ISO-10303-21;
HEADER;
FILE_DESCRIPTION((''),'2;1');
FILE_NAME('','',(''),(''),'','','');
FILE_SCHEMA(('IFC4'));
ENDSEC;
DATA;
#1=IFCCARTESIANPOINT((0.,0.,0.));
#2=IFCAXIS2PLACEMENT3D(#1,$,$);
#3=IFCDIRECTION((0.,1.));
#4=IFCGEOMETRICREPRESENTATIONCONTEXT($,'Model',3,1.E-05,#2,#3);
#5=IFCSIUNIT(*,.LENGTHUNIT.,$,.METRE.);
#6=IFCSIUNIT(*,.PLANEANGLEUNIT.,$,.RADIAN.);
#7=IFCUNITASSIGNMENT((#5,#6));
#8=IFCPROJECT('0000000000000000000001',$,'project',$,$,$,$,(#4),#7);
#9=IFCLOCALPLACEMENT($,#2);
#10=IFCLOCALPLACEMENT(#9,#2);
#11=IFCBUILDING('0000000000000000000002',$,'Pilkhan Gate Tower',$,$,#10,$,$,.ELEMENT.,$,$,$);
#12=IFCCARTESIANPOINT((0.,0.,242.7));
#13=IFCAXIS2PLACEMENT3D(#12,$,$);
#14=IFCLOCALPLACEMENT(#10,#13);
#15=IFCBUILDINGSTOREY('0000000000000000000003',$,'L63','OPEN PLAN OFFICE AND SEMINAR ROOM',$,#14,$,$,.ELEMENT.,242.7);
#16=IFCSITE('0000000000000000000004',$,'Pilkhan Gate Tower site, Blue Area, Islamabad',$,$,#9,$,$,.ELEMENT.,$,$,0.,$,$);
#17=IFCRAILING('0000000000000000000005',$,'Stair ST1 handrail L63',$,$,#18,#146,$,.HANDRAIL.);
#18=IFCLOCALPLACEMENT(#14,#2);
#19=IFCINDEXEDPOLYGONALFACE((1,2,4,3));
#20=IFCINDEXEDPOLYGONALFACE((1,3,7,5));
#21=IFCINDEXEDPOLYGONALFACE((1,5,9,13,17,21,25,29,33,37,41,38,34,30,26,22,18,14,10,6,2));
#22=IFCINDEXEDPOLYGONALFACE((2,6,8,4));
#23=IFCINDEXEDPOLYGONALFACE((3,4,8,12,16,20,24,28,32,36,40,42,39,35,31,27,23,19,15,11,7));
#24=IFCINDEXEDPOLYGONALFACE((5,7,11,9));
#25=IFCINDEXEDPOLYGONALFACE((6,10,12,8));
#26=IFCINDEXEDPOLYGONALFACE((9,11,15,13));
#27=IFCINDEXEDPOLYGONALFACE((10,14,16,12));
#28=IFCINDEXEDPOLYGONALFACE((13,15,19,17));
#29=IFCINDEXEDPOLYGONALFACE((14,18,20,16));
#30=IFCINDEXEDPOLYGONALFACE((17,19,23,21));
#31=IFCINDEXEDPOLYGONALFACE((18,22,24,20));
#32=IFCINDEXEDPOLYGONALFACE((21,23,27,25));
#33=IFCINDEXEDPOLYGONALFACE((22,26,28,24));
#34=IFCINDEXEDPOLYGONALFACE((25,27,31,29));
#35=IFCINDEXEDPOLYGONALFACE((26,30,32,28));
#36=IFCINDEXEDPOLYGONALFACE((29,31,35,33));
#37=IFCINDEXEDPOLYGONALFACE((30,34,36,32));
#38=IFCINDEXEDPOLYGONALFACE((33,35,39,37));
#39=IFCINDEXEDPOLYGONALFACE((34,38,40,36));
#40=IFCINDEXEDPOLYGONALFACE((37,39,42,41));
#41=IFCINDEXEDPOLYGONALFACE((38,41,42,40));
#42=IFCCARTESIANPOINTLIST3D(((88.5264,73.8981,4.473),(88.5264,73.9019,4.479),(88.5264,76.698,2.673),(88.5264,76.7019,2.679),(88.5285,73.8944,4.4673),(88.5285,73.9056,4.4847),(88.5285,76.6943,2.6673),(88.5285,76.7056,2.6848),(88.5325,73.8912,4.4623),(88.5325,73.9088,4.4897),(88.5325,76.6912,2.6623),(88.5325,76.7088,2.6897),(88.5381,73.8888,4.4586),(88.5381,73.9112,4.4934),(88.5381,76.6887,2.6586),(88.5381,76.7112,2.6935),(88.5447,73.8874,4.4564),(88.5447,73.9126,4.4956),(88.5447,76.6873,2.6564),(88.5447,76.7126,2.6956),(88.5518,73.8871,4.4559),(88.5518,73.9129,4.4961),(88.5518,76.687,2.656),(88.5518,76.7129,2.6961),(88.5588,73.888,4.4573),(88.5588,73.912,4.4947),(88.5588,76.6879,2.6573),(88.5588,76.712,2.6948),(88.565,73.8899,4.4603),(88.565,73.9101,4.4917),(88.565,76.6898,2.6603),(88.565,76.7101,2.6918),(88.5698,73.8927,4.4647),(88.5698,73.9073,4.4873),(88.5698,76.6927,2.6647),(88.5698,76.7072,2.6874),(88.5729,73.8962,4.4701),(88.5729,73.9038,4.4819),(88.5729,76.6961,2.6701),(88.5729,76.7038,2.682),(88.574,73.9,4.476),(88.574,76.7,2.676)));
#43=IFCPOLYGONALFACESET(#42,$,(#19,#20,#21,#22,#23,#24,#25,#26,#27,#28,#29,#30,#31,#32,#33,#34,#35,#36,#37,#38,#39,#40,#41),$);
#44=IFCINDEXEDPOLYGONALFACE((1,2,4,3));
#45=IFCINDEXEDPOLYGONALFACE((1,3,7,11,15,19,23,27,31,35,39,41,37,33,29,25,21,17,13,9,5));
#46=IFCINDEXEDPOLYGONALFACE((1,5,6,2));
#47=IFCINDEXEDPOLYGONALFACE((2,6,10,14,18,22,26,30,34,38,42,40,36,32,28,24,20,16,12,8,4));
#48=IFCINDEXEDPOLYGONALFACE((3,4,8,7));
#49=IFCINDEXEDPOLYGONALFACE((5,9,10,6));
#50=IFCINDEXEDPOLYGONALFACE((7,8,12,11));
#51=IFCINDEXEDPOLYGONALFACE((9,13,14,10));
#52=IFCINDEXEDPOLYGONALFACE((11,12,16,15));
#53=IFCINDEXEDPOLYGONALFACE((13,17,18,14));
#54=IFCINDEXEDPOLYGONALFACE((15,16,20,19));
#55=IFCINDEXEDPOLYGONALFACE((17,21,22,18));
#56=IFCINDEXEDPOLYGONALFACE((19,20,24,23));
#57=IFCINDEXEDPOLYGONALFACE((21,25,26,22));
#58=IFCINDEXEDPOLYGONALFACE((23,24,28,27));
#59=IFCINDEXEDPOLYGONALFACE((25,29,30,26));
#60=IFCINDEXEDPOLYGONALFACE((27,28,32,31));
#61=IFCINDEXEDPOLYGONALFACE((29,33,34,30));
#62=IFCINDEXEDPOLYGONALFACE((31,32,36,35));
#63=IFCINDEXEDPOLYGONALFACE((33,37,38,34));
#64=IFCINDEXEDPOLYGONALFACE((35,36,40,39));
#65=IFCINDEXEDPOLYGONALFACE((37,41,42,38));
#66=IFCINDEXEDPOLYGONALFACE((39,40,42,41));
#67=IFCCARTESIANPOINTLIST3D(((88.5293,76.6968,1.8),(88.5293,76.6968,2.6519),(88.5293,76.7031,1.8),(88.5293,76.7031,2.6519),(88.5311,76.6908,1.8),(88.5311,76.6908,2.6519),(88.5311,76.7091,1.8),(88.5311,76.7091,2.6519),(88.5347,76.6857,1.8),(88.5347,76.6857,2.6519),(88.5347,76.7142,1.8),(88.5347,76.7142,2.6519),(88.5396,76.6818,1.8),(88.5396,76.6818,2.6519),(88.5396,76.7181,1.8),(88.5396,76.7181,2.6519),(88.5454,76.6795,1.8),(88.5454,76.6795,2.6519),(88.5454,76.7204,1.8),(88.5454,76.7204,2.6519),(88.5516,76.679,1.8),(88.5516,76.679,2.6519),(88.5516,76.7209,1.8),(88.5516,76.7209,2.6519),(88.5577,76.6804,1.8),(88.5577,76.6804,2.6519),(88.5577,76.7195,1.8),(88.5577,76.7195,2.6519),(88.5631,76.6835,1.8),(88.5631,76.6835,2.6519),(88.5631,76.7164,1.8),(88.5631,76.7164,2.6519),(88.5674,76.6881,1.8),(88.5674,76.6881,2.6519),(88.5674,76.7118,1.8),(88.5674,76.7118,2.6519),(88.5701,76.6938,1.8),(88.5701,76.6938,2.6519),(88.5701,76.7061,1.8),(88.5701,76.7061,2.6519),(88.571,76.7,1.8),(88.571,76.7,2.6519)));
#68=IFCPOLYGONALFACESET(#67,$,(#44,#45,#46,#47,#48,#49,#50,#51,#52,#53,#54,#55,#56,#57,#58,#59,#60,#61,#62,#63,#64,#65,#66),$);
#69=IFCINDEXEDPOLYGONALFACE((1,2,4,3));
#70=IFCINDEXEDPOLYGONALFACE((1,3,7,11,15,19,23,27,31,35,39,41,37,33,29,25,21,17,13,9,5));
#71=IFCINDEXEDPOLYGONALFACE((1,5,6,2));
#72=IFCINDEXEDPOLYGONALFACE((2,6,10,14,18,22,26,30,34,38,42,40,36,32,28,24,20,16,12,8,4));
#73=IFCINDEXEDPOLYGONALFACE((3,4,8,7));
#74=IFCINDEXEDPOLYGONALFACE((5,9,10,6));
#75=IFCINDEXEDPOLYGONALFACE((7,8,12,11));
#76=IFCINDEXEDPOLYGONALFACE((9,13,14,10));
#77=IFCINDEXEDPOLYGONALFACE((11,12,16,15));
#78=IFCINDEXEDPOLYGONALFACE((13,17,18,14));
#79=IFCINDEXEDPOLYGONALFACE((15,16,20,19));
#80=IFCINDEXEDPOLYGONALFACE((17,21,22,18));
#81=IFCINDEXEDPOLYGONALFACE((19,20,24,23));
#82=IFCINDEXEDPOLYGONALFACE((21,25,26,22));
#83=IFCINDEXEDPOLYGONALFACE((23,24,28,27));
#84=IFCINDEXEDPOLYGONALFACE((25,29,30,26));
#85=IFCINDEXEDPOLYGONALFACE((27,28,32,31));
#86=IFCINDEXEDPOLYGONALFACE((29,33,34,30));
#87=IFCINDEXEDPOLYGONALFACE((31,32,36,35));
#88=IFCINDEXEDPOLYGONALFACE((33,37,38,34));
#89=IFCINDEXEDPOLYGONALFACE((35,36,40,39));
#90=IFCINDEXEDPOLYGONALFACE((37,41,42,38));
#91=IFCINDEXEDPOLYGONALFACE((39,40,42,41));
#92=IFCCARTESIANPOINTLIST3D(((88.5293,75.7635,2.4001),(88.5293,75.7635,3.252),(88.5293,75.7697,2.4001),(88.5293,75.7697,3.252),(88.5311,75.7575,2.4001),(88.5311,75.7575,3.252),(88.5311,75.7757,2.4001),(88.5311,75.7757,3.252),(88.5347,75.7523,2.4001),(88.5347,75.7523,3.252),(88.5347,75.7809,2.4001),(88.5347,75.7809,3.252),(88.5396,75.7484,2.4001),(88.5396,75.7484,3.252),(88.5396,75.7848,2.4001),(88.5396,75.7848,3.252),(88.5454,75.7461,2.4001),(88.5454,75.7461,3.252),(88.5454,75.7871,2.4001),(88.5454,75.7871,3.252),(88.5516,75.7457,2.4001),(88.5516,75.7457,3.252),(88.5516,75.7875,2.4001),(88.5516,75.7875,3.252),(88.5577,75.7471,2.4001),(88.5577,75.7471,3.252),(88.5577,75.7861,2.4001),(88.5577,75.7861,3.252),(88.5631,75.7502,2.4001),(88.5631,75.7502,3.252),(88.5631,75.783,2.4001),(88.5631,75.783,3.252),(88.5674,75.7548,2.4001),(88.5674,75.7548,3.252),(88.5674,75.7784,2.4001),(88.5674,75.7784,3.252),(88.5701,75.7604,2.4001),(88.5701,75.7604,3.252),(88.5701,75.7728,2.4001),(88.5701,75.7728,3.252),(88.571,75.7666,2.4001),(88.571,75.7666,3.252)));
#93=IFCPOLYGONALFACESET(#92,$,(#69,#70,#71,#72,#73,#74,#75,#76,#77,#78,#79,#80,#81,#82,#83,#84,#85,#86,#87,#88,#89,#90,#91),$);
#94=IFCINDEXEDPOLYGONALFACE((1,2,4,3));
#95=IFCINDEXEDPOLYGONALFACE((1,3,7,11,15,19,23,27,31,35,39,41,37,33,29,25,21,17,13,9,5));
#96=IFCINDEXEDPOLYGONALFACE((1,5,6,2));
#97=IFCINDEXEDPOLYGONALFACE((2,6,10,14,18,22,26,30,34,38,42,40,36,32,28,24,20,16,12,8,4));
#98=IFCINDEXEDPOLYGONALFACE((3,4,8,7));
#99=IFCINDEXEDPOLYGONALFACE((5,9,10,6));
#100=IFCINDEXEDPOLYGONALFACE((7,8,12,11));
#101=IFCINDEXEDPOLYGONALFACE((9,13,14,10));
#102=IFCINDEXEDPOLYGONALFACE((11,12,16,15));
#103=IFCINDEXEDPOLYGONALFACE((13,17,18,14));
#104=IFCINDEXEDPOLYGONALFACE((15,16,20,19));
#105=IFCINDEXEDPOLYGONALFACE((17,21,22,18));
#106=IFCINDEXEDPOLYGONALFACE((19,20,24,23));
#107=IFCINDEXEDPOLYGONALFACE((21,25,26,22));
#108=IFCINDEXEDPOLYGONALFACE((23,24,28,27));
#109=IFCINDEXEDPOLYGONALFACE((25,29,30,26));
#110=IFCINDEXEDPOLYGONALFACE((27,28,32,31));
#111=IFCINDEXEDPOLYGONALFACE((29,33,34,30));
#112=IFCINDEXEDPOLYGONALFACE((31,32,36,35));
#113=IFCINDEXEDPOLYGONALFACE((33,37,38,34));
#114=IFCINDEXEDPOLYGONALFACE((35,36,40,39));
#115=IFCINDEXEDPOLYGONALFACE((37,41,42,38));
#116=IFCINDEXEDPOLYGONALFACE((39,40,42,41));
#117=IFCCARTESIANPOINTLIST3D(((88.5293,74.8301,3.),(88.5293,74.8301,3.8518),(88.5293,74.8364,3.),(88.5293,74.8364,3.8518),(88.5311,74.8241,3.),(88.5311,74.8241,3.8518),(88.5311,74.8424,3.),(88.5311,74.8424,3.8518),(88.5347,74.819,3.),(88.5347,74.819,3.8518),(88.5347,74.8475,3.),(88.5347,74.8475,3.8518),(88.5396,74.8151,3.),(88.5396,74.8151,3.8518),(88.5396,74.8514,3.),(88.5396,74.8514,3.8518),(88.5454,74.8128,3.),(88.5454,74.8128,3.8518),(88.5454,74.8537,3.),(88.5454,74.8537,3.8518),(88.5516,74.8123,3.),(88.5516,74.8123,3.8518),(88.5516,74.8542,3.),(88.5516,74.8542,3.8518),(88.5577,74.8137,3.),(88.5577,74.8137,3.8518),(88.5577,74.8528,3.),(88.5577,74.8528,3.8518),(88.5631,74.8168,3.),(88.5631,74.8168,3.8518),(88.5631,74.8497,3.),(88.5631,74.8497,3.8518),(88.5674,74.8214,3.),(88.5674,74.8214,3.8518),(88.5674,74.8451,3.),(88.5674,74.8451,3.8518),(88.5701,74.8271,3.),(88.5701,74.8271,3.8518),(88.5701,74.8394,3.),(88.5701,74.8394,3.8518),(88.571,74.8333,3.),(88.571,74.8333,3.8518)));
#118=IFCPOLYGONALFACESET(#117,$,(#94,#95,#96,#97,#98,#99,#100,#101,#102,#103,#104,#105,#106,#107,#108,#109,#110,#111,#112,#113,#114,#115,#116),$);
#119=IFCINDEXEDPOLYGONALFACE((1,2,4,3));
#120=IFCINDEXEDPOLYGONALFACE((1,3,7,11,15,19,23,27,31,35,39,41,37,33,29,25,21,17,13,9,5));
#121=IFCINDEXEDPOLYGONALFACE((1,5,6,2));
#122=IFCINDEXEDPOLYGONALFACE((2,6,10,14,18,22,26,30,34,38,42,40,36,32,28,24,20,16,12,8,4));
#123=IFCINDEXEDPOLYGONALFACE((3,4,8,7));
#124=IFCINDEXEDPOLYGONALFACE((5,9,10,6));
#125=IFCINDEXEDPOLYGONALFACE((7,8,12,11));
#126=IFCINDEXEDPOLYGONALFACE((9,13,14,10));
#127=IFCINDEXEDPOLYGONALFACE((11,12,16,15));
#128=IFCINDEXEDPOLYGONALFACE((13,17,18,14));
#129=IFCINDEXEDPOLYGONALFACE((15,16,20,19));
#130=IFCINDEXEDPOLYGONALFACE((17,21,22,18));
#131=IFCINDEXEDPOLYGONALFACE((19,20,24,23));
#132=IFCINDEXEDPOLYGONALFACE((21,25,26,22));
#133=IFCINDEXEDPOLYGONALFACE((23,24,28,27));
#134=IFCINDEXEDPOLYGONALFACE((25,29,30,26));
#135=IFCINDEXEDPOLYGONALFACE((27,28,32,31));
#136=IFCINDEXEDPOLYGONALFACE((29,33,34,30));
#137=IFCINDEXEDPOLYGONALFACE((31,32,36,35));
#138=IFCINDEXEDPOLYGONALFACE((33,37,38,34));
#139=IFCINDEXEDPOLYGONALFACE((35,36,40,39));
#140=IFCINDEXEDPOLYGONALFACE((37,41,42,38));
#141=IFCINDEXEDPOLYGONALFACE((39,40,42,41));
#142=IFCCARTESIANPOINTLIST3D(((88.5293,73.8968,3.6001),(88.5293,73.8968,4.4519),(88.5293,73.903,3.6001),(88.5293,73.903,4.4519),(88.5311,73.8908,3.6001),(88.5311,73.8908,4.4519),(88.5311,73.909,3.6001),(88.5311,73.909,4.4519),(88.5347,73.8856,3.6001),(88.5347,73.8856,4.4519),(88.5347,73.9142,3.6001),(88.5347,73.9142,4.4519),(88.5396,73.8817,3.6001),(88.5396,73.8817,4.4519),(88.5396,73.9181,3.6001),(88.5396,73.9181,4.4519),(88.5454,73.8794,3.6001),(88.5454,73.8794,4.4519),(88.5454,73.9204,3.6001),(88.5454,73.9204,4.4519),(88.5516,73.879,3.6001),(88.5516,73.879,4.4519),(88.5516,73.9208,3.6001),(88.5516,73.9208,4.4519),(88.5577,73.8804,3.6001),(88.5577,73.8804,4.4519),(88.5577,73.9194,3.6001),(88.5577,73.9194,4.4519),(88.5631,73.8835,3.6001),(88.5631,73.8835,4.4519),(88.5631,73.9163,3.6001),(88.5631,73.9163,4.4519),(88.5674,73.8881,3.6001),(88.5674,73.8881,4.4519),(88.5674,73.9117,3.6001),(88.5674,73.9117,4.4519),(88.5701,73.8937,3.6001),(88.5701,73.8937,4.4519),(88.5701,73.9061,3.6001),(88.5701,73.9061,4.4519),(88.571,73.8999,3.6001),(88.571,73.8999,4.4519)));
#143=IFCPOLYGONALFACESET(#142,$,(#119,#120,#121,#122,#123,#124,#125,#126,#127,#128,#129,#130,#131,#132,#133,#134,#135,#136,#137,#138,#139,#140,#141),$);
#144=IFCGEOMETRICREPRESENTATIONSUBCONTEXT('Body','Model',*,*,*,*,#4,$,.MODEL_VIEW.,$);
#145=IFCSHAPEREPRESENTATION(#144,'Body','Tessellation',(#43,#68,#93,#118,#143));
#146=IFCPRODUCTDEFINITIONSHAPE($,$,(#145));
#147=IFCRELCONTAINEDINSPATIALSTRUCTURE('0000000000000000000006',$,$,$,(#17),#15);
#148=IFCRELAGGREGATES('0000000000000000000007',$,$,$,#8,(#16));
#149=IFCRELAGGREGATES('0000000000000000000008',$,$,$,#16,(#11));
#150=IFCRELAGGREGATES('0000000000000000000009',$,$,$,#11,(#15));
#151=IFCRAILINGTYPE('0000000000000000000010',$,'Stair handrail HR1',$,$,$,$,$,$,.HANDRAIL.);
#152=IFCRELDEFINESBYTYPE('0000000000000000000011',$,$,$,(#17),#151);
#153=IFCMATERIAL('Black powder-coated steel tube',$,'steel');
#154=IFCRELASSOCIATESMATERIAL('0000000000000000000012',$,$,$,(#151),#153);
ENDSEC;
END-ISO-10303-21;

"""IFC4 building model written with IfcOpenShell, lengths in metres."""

from ifc_helpers import new_model, si_unit, direction, frame, origin, origin_2d, place, context, subcontext, project, spatial, circle, extrude, material, type_object, element, save


model = new_model("IFC4")

# Units and contexts
model_context = context("Model", 3, precision=1e-05, world=origin(), true_north=direction((0.0, 1.0)))
body_context = subcontext(model_context, "Body", "Model", "MODEL_VIEW")
ifc_project = project(units=[si_unit("LENGTHUNIT", "METRE"), si_unit("PLANEANGLEUNIT", "RADIAN")], contexts=[model_context])

# Site, building, storey
site_placement = place(None, origin())
site = spatial("IfcSite", under=ifc_project, at=site_placement, Name="Pilkhan Gate Tower site, Blue Area, Islamabad", CompositionType="ELEMENT", RefElevation=0.0)
building_placement = place(site_placement, origin())
building = spatial("IfcBuilding", under=site, at=building_placement, Name="Pilkhan Gate Tower", CompositionType="ELEMENT")
storey_placement = place(building_placement, frame((0.0, 0.0, 242.7)))
storey = spatial("IfcBuildingStorey", under=building, at=storey_placement, Name="L63", Description="OPEN PLAN OFFICE AND SEMINAR ROOM", CompositionType="ELEMENT", Elevation=242.7)

# Railing
ifc_material_1 = material(Name="Black powder-coated steel tube", Category="steel")
railing_type_1 = type_object("IfcRailingType", Name="Stair handrail HR1", PredefinedType="HANDRAIL", material=ifc_material_1)
railing_1_placement = place(storey_placement, frame((88.55, 76.7, 1.8)))
element("IfcRailing", 1, at=railing_1_placement, inside=storey, type_object=railing_type_1, Name="Stair ST1 handrail L63", PredefinedType="HANDRAIL", context=body_context, shape_type="SweptSolid", body=[
    extrude(circle(Radius=0.0239, at=origin_2d()), frame((0.0, 0.0, 0.876), z_axis=(0.0, -0.841176, 0.540761), x_axis=(1.0, 0.0, 0.0)), (0.0, 0.0, 1.0), 3.3286),
    extrude(circle(Radius=0.021, at=origin_2d()), origin(), (0.0, 0.0, 1.0), 0.8518),
    extrude(circle(Radius=0.021, at=origin_2d()), frame((0.0, -0.9333, 0.6001)), (0.0, 0.0, 1.0), 0.8518),
    extrude(circle(Radius=0.021, at=origin_2d()), frame((0.0, -1.8667, 1.2)), (0.0, 0.0, 1.0), 0.8518),
    extrude(circle(Radius=0.021, at=origin_2d()), frame((0.0, -2.8, 1.8)), (0.0, 0.0, 1.0), 0.8518),
])

save(model, "model.ifc")
